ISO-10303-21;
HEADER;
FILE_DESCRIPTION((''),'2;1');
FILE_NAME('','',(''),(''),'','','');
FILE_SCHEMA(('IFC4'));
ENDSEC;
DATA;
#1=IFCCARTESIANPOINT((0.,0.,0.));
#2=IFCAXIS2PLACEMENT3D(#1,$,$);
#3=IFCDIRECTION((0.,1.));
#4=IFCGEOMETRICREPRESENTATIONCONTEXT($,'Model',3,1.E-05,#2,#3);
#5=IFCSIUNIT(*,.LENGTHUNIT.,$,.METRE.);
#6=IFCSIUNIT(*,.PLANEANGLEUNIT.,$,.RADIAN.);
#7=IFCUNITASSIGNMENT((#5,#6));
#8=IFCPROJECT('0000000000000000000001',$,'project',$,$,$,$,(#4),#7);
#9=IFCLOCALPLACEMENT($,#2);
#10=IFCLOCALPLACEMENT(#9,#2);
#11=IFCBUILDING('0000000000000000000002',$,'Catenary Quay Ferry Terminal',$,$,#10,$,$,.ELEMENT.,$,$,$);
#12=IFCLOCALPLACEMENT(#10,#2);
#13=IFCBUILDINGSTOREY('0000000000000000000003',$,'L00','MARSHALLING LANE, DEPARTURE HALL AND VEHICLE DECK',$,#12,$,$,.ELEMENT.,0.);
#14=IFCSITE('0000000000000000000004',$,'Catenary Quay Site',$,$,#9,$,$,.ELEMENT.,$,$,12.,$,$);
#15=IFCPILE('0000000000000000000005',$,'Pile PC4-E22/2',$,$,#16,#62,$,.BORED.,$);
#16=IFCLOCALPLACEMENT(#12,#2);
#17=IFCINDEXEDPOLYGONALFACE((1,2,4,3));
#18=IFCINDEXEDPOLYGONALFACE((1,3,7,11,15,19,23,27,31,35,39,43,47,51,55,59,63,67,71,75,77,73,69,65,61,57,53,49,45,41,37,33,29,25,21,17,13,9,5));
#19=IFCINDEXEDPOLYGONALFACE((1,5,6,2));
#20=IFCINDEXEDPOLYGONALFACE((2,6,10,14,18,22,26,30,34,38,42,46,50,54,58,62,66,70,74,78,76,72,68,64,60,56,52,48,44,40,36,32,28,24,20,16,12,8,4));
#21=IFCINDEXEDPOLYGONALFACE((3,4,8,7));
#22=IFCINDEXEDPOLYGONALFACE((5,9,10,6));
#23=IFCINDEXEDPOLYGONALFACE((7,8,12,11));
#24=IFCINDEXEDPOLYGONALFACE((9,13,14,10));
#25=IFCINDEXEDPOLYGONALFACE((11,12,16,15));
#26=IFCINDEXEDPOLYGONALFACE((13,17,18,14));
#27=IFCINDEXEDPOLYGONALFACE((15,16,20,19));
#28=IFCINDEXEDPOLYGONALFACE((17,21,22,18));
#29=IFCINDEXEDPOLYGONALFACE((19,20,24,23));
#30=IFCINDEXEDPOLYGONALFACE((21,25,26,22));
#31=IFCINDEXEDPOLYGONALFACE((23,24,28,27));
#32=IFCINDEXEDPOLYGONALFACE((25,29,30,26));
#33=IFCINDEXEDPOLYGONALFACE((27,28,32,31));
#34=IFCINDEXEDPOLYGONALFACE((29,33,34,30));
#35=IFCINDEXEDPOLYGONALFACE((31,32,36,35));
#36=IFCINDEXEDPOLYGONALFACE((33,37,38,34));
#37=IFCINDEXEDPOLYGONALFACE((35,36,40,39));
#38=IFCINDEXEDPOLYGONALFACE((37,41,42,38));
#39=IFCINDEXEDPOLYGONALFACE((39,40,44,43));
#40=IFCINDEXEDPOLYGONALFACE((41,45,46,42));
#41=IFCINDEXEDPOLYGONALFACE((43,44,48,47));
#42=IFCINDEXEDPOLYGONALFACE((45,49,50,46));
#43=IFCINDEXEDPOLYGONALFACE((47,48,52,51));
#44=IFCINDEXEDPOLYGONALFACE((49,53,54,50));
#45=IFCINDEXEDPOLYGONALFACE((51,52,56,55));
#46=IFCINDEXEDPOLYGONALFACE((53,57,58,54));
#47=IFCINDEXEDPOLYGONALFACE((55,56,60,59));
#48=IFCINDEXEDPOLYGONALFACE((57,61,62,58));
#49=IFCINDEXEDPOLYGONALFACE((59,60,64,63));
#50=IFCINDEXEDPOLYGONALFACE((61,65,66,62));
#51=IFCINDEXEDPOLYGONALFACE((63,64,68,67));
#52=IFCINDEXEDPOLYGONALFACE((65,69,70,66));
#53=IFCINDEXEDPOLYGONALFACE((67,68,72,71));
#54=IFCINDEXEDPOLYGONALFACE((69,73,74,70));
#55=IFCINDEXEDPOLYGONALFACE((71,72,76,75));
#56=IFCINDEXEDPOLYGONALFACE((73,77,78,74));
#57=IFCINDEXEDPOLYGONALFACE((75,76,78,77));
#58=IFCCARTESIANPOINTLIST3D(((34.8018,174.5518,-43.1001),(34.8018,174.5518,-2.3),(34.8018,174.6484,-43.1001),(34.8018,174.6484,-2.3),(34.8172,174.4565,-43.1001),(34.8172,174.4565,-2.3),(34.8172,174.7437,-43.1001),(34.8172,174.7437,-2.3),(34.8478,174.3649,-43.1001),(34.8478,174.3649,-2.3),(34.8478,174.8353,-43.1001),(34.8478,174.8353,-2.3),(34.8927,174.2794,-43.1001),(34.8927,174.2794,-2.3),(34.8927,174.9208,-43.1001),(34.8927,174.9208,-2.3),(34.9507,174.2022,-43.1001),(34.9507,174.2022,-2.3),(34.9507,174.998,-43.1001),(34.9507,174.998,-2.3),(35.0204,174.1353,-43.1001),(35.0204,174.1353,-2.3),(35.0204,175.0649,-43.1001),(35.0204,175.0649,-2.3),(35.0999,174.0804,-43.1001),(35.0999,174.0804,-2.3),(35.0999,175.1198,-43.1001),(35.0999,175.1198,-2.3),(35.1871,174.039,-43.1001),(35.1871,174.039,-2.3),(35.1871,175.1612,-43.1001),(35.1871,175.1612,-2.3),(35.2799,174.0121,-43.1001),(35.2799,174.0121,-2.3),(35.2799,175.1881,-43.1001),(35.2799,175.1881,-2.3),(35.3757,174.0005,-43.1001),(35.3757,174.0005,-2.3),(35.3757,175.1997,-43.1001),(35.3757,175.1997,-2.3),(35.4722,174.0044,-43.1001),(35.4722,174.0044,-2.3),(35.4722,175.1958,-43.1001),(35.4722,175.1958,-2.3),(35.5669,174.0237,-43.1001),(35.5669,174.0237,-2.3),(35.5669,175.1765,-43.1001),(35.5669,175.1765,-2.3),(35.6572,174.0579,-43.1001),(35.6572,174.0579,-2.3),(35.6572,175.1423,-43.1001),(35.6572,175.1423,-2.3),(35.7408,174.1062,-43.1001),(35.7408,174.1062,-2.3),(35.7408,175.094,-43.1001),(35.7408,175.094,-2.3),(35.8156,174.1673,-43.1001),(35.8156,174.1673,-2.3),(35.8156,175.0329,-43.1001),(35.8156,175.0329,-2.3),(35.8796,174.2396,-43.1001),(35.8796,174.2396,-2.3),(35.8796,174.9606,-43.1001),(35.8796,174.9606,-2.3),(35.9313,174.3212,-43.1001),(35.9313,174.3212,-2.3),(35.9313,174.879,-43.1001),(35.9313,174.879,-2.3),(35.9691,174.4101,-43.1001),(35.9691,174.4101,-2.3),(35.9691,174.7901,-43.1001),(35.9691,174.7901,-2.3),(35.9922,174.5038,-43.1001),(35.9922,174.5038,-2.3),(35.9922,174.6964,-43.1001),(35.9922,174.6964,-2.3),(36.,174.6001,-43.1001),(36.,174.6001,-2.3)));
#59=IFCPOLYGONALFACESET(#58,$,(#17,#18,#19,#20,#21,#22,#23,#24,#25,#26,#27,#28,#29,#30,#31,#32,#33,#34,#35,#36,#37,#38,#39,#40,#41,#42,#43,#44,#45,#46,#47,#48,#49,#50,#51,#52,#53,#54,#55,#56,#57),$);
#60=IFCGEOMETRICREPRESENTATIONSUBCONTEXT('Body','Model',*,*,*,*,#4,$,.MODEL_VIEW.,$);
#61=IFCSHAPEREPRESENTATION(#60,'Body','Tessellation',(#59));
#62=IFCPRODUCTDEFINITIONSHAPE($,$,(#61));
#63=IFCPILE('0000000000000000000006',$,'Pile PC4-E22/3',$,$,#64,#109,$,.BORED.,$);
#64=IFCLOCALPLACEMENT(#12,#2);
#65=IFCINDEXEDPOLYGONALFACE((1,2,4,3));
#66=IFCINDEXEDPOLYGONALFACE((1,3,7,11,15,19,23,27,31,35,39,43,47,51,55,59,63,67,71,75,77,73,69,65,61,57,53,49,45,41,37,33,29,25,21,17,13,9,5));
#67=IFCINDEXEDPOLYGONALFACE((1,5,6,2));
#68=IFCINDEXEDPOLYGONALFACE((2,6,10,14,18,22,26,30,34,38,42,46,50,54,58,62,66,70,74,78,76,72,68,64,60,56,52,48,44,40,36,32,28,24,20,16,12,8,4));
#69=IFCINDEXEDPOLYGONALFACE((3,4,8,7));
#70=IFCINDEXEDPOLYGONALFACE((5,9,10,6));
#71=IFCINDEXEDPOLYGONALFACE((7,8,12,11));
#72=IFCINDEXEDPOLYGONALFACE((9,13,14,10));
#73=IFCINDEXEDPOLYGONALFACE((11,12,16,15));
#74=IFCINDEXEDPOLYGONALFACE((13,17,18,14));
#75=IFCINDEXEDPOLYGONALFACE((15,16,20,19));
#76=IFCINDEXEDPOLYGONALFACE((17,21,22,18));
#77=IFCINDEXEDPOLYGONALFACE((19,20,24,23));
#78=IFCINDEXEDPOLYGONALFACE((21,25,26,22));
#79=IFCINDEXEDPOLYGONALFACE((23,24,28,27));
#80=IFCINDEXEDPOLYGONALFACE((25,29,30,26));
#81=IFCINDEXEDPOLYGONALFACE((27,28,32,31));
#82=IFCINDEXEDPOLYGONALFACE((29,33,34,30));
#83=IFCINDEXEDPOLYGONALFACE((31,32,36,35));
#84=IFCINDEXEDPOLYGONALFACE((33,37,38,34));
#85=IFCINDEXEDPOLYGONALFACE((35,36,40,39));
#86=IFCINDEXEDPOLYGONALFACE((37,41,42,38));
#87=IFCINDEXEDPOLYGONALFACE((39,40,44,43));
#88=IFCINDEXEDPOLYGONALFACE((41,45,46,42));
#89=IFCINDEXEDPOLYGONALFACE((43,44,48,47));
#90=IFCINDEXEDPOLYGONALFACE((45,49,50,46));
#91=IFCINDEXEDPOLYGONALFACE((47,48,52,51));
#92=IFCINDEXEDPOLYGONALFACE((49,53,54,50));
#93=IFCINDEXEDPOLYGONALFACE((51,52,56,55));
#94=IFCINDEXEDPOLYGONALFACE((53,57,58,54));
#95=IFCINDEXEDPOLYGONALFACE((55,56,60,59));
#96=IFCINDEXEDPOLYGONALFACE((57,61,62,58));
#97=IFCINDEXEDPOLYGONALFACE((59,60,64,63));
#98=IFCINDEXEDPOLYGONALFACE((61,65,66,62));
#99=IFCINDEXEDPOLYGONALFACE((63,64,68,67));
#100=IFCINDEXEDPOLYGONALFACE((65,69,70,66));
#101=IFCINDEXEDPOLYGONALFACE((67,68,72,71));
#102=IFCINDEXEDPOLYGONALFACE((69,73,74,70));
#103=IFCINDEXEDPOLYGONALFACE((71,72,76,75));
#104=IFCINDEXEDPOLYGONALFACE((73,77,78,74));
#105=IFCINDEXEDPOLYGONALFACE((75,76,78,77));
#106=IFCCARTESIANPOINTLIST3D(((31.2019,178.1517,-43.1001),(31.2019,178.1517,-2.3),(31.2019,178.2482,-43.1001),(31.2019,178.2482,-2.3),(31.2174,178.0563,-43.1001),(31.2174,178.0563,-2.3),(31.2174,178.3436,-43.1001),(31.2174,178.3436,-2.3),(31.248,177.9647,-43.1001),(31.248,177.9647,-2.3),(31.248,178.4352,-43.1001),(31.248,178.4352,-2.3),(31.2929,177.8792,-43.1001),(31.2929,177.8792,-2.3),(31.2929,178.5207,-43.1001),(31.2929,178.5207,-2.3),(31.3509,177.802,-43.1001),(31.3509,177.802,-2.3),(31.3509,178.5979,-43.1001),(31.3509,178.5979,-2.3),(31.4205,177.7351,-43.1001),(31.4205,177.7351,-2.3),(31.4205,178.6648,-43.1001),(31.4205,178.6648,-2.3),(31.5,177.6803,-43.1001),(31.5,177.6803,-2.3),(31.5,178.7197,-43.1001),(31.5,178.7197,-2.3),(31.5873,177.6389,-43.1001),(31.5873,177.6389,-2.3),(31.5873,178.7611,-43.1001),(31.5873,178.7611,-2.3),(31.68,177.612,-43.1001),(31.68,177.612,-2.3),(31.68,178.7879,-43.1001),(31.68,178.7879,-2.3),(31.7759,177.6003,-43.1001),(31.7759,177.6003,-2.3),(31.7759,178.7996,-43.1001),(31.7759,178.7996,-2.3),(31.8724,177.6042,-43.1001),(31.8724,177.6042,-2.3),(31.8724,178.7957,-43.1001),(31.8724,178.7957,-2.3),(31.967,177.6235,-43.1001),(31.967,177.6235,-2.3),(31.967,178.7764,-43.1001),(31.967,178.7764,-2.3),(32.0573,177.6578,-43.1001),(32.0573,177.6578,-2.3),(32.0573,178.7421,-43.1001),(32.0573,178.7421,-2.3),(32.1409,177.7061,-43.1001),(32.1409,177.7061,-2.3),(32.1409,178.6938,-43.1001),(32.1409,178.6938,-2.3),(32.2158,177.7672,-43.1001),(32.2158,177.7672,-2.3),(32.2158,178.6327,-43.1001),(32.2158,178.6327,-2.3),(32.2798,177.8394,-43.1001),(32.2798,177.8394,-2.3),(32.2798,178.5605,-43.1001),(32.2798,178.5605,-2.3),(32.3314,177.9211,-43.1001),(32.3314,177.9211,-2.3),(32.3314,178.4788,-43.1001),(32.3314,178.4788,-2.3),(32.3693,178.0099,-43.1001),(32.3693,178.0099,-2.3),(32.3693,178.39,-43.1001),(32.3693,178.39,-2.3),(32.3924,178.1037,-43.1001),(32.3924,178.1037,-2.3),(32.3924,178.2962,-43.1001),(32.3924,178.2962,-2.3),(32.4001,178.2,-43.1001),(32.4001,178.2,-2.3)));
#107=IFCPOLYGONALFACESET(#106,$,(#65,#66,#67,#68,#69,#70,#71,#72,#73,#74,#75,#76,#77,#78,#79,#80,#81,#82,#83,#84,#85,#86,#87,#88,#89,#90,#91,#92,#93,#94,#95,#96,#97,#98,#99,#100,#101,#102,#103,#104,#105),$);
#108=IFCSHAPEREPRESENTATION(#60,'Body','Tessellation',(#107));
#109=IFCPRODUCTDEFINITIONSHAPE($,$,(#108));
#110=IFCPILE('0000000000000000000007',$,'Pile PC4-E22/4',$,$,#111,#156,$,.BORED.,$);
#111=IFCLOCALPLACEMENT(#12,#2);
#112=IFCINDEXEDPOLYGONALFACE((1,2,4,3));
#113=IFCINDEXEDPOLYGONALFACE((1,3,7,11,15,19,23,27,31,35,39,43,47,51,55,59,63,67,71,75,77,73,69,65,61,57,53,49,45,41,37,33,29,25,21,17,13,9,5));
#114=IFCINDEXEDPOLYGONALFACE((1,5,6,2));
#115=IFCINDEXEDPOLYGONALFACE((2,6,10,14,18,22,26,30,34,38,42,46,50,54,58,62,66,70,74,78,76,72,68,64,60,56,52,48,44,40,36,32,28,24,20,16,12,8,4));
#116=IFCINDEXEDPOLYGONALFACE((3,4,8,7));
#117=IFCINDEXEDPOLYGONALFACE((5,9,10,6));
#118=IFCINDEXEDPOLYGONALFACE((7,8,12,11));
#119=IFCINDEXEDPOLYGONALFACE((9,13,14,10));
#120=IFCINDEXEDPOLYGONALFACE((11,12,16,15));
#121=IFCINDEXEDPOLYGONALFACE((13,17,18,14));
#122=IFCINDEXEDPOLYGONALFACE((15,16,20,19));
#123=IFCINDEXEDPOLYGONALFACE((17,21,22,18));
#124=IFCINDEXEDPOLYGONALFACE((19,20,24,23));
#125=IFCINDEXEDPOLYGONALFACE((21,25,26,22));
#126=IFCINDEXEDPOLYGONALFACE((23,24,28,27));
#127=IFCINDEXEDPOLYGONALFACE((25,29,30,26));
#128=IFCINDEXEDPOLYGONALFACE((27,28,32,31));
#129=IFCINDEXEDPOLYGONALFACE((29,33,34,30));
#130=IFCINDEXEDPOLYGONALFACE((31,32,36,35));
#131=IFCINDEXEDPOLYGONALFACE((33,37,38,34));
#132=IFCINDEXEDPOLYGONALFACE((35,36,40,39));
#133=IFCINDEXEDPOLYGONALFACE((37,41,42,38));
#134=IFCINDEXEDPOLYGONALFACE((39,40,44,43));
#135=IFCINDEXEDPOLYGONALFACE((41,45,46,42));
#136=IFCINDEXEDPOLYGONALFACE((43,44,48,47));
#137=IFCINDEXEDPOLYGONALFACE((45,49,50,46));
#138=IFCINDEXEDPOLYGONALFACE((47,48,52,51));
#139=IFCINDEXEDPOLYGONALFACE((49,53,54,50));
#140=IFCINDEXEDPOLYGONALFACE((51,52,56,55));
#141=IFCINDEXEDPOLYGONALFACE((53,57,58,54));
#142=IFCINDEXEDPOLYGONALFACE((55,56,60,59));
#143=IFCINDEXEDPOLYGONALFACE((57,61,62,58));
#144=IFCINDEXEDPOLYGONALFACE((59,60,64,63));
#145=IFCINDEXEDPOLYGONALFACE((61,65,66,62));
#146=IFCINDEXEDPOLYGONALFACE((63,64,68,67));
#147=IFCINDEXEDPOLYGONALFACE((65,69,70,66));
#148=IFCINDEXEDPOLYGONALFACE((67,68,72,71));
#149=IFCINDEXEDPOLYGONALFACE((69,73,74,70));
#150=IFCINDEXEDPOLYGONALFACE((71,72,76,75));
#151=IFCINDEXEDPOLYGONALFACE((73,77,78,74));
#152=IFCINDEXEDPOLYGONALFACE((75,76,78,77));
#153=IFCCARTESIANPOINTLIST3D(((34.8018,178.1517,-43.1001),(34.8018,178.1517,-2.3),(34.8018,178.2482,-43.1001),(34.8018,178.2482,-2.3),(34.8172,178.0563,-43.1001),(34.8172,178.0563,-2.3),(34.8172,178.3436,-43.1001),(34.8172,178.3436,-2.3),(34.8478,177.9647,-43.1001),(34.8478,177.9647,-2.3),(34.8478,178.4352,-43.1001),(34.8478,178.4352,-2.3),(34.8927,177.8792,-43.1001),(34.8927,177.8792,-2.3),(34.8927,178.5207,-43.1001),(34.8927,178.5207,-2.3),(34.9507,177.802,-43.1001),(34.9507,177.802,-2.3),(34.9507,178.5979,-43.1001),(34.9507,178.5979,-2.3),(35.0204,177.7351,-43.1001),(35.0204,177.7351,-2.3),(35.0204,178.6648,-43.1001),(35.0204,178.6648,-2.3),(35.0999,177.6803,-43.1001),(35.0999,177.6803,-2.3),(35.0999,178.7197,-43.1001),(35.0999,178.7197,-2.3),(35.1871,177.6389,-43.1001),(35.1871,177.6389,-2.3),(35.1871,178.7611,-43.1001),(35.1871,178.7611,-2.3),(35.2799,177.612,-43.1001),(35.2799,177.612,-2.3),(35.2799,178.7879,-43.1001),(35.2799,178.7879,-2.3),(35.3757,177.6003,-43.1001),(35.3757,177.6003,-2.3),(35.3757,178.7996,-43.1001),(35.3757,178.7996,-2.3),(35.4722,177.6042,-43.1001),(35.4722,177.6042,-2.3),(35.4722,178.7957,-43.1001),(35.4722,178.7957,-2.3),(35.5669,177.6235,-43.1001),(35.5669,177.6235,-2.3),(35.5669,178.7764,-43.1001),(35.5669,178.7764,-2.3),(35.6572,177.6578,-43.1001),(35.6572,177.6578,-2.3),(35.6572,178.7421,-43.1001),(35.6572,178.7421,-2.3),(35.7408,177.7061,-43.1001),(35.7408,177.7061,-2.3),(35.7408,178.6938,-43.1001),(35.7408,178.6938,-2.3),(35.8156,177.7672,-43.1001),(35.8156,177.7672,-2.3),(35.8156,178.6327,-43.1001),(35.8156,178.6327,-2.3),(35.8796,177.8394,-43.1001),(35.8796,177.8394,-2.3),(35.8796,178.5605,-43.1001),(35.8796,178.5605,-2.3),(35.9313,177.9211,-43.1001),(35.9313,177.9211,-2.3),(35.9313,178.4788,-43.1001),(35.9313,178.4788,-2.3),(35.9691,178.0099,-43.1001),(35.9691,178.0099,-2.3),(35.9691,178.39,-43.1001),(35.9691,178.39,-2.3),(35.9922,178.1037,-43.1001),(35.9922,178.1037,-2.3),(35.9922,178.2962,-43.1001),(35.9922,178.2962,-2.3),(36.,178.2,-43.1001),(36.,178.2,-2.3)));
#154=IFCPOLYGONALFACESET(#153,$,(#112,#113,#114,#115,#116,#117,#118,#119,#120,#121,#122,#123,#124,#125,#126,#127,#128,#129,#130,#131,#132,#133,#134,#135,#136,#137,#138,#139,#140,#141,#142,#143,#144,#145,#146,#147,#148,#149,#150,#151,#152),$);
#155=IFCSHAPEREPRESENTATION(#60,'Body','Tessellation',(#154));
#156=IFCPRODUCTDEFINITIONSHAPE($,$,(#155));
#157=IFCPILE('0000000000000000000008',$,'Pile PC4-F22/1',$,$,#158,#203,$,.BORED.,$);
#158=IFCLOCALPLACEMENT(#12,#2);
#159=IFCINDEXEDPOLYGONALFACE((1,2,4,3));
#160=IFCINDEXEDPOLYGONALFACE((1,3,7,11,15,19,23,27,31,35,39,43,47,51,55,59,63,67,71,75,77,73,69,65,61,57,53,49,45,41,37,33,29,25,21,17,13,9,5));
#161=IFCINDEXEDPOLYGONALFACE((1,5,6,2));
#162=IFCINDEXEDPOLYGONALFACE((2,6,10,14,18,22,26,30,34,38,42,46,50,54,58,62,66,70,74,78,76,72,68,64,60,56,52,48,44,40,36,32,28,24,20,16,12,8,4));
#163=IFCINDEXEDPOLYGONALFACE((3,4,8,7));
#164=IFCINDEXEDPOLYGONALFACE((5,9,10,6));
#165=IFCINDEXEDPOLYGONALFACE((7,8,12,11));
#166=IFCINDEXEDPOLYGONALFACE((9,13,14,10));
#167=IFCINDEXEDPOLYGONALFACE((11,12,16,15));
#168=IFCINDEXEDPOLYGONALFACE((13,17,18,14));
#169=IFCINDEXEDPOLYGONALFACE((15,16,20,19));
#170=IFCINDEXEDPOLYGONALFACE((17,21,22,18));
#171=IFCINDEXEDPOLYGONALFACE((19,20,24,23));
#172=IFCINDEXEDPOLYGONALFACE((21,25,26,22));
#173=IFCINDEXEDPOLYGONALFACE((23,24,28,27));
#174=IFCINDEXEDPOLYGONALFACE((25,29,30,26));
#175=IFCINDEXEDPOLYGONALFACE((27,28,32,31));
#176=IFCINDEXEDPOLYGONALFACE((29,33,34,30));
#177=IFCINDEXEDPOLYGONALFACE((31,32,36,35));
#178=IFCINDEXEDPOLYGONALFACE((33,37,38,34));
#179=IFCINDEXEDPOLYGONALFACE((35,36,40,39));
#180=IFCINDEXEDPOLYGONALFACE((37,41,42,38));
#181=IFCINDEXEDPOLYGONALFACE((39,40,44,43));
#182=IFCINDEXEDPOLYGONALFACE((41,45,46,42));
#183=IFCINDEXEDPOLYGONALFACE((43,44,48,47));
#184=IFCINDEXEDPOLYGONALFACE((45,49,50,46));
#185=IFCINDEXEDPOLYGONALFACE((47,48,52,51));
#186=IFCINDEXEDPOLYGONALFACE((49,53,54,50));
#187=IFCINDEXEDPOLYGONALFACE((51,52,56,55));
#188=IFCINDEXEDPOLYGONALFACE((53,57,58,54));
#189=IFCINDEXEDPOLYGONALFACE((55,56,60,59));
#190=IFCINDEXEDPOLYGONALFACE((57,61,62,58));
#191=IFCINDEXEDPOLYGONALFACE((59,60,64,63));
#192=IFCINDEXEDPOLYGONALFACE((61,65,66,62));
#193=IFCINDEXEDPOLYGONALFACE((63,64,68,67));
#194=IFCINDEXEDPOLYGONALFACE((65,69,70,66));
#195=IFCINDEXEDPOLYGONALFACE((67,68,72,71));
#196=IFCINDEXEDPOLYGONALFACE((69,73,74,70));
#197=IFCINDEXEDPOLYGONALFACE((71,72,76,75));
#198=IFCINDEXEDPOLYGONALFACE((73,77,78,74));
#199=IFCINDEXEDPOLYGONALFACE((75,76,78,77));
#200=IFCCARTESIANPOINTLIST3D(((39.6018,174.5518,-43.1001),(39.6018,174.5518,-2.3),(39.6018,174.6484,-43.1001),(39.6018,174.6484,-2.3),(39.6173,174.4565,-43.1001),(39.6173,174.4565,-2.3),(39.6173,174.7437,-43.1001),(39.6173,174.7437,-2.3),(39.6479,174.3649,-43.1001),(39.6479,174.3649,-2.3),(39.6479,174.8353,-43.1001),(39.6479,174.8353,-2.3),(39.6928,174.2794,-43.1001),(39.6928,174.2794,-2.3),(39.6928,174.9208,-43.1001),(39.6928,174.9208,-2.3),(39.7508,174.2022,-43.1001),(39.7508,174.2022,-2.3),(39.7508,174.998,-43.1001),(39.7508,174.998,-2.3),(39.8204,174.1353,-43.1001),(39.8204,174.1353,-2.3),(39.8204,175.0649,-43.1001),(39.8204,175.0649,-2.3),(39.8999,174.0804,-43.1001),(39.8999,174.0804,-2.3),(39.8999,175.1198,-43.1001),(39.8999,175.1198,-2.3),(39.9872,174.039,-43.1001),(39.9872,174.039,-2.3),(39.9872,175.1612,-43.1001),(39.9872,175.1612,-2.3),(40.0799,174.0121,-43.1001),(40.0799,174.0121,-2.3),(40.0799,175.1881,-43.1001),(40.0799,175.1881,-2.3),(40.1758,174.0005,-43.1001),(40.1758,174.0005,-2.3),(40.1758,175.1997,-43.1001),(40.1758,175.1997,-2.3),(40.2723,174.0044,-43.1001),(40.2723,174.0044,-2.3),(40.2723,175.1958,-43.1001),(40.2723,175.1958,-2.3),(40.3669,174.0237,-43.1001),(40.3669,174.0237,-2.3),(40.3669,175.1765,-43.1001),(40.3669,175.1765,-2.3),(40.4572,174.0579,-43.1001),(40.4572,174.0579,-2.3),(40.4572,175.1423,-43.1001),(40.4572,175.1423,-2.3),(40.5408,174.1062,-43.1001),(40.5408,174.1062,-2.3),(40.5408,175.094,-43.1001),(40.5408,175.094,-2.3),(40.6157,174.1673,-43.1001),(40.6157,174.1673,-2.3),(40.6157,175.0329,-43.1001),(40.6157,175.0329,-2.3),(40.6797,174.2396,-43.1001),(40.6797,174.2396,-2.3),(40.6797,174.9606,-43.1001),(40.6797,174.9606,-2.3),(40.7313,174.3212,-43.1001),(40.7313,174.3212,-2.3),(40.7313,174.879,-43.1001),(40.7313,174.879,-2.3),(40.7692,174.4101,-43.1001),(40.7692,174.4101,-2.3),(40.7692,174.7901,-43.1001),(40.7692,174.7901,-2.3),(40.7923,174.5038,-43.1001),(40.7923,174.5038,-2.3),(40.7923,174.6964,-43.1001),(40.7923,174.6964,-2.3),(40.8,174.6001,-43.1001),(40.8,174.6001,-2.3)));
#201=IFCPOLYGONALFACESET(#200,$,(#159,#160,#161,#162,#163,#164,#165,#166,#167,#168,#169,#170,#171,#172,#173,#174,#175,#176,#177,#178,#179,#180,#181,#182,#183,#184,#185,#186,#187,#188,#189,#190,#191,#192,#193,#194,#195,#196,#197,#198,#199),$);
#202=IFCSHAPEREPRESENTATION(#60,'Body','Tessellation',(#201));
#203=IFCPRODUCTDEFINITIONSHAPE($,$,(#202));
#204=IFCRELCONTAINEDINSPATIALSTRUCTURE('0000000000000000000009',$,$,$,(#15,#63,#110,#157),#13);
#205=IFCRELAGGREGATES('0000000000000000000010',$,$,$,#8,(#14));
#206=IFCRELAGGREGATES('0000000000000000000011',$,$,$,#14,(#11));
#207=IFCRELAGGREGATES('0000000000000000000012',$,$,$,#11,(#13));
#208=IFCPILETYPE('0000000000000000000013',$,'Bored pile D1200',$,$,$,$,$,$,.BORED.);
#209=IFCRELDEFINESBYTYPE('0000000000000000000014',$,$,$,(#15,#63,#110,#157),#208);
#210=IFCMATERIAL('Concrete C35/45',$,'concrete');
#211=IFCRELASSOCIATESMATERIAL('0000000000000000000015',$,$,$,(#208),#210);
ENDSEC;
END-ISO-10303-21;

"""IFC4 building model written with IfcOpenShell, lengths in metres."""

from ifc_helpers import new_model, si_unit, direction, frame, origin, origin_2d, place, context, subcontext, project, spatial, circle, extrude, material, material_profile, profile_set, type_object, element, save


model = new_model("IFC4")

# Units and contexts
model_context = context("Model", 3, precision=1e-05, world=origin(), true_north=direction((0.0, 1.0)))
body_context = subcontext(model_context, "Body", "Model", "MODEL_VIEW")
ifc_project = project(units=[si_unit("LENGTHUNIT", "METRE"), si_unit("PLANEANGLEUNIT", "RADIAN")], contexts=[model_context])

# Site, building, storey
site_placement = place(None, origin())
site = spatial("IfcSite", under=ifc_project, at=site_placement, Name="Catenary Quay Site", CompositionType="ELEMENT", RefElevation=12.0)
building_placement = place(site_placement, origin())
building = spatial("IfcBuilding", under=site, at=building_placement, Name="Catenary Quay Ferry Terminal", CompositionType="ELEMENT")
storey_placement = place(building_placement, origin())
storey = spatial("IfcBuildingStorey", under=building, at=storey_placement, Name="L00", Description="MARSHALLING LANE, DEPARTURE HALL AND VEHICLE DECK", CompositionType="ELEMENT", Elevation=0.0)

# Piles
ifc_material_1 = material(Name="Concrete C35/45", Category="concrete")
ifc_material_profile_1 = material_profile(ifc_material_1, circle(Radius=0.6001, at=origin_2d()), Name="D1200")
ifc_profile_set_1 = profile_set([ifc_material_profile_1], Name="Concrete C35/45")
pile_type = type_object("IfcPileType", Name="Bored pile D1200", PredefinedType="BORED", material=ifc_profile_set_1)
for number, where, z_axis, x_axis, name in (
    (1, (35.3999, 174.6001, -2.3), (0.0, 0.0, -1.0), (1.0, 0.0, 0.0), "Pile PC4-E22/2"),
    (2, (31.8, 178.2, -2.3), (0.0, 0.0, -1.0), (1.0, 0.0, 0.0), "Pile PC4-E22/3"),
    (3, (35.3999, 178.2, -2.3), (0.0, 0.0, -1.0), (1.0, 0.0, 0.0), "Pile PC4-E22/4"),
    (4, (40.2, 174.6001, -2.3), (0.0, 0.0, -1.0), (1.0, 0.0, 0.0), "Pile PC4-F22/1"),
):
    element("IfcPile", number, at=place(storey_placement, frame(where, z_axis=z_axis, x_axis=x_axis)), inside=storey, type_object=pile_type, Name=name, PredefinedType="BORED", context=body_context, shape_type="SweptSolid", body=[
        extrude(circle(Radius=0.6001, at=origin_2d()), origin(), (0.0, 0.0, 1.0), 40.8),
    ])

save(model, "model.ifc")
